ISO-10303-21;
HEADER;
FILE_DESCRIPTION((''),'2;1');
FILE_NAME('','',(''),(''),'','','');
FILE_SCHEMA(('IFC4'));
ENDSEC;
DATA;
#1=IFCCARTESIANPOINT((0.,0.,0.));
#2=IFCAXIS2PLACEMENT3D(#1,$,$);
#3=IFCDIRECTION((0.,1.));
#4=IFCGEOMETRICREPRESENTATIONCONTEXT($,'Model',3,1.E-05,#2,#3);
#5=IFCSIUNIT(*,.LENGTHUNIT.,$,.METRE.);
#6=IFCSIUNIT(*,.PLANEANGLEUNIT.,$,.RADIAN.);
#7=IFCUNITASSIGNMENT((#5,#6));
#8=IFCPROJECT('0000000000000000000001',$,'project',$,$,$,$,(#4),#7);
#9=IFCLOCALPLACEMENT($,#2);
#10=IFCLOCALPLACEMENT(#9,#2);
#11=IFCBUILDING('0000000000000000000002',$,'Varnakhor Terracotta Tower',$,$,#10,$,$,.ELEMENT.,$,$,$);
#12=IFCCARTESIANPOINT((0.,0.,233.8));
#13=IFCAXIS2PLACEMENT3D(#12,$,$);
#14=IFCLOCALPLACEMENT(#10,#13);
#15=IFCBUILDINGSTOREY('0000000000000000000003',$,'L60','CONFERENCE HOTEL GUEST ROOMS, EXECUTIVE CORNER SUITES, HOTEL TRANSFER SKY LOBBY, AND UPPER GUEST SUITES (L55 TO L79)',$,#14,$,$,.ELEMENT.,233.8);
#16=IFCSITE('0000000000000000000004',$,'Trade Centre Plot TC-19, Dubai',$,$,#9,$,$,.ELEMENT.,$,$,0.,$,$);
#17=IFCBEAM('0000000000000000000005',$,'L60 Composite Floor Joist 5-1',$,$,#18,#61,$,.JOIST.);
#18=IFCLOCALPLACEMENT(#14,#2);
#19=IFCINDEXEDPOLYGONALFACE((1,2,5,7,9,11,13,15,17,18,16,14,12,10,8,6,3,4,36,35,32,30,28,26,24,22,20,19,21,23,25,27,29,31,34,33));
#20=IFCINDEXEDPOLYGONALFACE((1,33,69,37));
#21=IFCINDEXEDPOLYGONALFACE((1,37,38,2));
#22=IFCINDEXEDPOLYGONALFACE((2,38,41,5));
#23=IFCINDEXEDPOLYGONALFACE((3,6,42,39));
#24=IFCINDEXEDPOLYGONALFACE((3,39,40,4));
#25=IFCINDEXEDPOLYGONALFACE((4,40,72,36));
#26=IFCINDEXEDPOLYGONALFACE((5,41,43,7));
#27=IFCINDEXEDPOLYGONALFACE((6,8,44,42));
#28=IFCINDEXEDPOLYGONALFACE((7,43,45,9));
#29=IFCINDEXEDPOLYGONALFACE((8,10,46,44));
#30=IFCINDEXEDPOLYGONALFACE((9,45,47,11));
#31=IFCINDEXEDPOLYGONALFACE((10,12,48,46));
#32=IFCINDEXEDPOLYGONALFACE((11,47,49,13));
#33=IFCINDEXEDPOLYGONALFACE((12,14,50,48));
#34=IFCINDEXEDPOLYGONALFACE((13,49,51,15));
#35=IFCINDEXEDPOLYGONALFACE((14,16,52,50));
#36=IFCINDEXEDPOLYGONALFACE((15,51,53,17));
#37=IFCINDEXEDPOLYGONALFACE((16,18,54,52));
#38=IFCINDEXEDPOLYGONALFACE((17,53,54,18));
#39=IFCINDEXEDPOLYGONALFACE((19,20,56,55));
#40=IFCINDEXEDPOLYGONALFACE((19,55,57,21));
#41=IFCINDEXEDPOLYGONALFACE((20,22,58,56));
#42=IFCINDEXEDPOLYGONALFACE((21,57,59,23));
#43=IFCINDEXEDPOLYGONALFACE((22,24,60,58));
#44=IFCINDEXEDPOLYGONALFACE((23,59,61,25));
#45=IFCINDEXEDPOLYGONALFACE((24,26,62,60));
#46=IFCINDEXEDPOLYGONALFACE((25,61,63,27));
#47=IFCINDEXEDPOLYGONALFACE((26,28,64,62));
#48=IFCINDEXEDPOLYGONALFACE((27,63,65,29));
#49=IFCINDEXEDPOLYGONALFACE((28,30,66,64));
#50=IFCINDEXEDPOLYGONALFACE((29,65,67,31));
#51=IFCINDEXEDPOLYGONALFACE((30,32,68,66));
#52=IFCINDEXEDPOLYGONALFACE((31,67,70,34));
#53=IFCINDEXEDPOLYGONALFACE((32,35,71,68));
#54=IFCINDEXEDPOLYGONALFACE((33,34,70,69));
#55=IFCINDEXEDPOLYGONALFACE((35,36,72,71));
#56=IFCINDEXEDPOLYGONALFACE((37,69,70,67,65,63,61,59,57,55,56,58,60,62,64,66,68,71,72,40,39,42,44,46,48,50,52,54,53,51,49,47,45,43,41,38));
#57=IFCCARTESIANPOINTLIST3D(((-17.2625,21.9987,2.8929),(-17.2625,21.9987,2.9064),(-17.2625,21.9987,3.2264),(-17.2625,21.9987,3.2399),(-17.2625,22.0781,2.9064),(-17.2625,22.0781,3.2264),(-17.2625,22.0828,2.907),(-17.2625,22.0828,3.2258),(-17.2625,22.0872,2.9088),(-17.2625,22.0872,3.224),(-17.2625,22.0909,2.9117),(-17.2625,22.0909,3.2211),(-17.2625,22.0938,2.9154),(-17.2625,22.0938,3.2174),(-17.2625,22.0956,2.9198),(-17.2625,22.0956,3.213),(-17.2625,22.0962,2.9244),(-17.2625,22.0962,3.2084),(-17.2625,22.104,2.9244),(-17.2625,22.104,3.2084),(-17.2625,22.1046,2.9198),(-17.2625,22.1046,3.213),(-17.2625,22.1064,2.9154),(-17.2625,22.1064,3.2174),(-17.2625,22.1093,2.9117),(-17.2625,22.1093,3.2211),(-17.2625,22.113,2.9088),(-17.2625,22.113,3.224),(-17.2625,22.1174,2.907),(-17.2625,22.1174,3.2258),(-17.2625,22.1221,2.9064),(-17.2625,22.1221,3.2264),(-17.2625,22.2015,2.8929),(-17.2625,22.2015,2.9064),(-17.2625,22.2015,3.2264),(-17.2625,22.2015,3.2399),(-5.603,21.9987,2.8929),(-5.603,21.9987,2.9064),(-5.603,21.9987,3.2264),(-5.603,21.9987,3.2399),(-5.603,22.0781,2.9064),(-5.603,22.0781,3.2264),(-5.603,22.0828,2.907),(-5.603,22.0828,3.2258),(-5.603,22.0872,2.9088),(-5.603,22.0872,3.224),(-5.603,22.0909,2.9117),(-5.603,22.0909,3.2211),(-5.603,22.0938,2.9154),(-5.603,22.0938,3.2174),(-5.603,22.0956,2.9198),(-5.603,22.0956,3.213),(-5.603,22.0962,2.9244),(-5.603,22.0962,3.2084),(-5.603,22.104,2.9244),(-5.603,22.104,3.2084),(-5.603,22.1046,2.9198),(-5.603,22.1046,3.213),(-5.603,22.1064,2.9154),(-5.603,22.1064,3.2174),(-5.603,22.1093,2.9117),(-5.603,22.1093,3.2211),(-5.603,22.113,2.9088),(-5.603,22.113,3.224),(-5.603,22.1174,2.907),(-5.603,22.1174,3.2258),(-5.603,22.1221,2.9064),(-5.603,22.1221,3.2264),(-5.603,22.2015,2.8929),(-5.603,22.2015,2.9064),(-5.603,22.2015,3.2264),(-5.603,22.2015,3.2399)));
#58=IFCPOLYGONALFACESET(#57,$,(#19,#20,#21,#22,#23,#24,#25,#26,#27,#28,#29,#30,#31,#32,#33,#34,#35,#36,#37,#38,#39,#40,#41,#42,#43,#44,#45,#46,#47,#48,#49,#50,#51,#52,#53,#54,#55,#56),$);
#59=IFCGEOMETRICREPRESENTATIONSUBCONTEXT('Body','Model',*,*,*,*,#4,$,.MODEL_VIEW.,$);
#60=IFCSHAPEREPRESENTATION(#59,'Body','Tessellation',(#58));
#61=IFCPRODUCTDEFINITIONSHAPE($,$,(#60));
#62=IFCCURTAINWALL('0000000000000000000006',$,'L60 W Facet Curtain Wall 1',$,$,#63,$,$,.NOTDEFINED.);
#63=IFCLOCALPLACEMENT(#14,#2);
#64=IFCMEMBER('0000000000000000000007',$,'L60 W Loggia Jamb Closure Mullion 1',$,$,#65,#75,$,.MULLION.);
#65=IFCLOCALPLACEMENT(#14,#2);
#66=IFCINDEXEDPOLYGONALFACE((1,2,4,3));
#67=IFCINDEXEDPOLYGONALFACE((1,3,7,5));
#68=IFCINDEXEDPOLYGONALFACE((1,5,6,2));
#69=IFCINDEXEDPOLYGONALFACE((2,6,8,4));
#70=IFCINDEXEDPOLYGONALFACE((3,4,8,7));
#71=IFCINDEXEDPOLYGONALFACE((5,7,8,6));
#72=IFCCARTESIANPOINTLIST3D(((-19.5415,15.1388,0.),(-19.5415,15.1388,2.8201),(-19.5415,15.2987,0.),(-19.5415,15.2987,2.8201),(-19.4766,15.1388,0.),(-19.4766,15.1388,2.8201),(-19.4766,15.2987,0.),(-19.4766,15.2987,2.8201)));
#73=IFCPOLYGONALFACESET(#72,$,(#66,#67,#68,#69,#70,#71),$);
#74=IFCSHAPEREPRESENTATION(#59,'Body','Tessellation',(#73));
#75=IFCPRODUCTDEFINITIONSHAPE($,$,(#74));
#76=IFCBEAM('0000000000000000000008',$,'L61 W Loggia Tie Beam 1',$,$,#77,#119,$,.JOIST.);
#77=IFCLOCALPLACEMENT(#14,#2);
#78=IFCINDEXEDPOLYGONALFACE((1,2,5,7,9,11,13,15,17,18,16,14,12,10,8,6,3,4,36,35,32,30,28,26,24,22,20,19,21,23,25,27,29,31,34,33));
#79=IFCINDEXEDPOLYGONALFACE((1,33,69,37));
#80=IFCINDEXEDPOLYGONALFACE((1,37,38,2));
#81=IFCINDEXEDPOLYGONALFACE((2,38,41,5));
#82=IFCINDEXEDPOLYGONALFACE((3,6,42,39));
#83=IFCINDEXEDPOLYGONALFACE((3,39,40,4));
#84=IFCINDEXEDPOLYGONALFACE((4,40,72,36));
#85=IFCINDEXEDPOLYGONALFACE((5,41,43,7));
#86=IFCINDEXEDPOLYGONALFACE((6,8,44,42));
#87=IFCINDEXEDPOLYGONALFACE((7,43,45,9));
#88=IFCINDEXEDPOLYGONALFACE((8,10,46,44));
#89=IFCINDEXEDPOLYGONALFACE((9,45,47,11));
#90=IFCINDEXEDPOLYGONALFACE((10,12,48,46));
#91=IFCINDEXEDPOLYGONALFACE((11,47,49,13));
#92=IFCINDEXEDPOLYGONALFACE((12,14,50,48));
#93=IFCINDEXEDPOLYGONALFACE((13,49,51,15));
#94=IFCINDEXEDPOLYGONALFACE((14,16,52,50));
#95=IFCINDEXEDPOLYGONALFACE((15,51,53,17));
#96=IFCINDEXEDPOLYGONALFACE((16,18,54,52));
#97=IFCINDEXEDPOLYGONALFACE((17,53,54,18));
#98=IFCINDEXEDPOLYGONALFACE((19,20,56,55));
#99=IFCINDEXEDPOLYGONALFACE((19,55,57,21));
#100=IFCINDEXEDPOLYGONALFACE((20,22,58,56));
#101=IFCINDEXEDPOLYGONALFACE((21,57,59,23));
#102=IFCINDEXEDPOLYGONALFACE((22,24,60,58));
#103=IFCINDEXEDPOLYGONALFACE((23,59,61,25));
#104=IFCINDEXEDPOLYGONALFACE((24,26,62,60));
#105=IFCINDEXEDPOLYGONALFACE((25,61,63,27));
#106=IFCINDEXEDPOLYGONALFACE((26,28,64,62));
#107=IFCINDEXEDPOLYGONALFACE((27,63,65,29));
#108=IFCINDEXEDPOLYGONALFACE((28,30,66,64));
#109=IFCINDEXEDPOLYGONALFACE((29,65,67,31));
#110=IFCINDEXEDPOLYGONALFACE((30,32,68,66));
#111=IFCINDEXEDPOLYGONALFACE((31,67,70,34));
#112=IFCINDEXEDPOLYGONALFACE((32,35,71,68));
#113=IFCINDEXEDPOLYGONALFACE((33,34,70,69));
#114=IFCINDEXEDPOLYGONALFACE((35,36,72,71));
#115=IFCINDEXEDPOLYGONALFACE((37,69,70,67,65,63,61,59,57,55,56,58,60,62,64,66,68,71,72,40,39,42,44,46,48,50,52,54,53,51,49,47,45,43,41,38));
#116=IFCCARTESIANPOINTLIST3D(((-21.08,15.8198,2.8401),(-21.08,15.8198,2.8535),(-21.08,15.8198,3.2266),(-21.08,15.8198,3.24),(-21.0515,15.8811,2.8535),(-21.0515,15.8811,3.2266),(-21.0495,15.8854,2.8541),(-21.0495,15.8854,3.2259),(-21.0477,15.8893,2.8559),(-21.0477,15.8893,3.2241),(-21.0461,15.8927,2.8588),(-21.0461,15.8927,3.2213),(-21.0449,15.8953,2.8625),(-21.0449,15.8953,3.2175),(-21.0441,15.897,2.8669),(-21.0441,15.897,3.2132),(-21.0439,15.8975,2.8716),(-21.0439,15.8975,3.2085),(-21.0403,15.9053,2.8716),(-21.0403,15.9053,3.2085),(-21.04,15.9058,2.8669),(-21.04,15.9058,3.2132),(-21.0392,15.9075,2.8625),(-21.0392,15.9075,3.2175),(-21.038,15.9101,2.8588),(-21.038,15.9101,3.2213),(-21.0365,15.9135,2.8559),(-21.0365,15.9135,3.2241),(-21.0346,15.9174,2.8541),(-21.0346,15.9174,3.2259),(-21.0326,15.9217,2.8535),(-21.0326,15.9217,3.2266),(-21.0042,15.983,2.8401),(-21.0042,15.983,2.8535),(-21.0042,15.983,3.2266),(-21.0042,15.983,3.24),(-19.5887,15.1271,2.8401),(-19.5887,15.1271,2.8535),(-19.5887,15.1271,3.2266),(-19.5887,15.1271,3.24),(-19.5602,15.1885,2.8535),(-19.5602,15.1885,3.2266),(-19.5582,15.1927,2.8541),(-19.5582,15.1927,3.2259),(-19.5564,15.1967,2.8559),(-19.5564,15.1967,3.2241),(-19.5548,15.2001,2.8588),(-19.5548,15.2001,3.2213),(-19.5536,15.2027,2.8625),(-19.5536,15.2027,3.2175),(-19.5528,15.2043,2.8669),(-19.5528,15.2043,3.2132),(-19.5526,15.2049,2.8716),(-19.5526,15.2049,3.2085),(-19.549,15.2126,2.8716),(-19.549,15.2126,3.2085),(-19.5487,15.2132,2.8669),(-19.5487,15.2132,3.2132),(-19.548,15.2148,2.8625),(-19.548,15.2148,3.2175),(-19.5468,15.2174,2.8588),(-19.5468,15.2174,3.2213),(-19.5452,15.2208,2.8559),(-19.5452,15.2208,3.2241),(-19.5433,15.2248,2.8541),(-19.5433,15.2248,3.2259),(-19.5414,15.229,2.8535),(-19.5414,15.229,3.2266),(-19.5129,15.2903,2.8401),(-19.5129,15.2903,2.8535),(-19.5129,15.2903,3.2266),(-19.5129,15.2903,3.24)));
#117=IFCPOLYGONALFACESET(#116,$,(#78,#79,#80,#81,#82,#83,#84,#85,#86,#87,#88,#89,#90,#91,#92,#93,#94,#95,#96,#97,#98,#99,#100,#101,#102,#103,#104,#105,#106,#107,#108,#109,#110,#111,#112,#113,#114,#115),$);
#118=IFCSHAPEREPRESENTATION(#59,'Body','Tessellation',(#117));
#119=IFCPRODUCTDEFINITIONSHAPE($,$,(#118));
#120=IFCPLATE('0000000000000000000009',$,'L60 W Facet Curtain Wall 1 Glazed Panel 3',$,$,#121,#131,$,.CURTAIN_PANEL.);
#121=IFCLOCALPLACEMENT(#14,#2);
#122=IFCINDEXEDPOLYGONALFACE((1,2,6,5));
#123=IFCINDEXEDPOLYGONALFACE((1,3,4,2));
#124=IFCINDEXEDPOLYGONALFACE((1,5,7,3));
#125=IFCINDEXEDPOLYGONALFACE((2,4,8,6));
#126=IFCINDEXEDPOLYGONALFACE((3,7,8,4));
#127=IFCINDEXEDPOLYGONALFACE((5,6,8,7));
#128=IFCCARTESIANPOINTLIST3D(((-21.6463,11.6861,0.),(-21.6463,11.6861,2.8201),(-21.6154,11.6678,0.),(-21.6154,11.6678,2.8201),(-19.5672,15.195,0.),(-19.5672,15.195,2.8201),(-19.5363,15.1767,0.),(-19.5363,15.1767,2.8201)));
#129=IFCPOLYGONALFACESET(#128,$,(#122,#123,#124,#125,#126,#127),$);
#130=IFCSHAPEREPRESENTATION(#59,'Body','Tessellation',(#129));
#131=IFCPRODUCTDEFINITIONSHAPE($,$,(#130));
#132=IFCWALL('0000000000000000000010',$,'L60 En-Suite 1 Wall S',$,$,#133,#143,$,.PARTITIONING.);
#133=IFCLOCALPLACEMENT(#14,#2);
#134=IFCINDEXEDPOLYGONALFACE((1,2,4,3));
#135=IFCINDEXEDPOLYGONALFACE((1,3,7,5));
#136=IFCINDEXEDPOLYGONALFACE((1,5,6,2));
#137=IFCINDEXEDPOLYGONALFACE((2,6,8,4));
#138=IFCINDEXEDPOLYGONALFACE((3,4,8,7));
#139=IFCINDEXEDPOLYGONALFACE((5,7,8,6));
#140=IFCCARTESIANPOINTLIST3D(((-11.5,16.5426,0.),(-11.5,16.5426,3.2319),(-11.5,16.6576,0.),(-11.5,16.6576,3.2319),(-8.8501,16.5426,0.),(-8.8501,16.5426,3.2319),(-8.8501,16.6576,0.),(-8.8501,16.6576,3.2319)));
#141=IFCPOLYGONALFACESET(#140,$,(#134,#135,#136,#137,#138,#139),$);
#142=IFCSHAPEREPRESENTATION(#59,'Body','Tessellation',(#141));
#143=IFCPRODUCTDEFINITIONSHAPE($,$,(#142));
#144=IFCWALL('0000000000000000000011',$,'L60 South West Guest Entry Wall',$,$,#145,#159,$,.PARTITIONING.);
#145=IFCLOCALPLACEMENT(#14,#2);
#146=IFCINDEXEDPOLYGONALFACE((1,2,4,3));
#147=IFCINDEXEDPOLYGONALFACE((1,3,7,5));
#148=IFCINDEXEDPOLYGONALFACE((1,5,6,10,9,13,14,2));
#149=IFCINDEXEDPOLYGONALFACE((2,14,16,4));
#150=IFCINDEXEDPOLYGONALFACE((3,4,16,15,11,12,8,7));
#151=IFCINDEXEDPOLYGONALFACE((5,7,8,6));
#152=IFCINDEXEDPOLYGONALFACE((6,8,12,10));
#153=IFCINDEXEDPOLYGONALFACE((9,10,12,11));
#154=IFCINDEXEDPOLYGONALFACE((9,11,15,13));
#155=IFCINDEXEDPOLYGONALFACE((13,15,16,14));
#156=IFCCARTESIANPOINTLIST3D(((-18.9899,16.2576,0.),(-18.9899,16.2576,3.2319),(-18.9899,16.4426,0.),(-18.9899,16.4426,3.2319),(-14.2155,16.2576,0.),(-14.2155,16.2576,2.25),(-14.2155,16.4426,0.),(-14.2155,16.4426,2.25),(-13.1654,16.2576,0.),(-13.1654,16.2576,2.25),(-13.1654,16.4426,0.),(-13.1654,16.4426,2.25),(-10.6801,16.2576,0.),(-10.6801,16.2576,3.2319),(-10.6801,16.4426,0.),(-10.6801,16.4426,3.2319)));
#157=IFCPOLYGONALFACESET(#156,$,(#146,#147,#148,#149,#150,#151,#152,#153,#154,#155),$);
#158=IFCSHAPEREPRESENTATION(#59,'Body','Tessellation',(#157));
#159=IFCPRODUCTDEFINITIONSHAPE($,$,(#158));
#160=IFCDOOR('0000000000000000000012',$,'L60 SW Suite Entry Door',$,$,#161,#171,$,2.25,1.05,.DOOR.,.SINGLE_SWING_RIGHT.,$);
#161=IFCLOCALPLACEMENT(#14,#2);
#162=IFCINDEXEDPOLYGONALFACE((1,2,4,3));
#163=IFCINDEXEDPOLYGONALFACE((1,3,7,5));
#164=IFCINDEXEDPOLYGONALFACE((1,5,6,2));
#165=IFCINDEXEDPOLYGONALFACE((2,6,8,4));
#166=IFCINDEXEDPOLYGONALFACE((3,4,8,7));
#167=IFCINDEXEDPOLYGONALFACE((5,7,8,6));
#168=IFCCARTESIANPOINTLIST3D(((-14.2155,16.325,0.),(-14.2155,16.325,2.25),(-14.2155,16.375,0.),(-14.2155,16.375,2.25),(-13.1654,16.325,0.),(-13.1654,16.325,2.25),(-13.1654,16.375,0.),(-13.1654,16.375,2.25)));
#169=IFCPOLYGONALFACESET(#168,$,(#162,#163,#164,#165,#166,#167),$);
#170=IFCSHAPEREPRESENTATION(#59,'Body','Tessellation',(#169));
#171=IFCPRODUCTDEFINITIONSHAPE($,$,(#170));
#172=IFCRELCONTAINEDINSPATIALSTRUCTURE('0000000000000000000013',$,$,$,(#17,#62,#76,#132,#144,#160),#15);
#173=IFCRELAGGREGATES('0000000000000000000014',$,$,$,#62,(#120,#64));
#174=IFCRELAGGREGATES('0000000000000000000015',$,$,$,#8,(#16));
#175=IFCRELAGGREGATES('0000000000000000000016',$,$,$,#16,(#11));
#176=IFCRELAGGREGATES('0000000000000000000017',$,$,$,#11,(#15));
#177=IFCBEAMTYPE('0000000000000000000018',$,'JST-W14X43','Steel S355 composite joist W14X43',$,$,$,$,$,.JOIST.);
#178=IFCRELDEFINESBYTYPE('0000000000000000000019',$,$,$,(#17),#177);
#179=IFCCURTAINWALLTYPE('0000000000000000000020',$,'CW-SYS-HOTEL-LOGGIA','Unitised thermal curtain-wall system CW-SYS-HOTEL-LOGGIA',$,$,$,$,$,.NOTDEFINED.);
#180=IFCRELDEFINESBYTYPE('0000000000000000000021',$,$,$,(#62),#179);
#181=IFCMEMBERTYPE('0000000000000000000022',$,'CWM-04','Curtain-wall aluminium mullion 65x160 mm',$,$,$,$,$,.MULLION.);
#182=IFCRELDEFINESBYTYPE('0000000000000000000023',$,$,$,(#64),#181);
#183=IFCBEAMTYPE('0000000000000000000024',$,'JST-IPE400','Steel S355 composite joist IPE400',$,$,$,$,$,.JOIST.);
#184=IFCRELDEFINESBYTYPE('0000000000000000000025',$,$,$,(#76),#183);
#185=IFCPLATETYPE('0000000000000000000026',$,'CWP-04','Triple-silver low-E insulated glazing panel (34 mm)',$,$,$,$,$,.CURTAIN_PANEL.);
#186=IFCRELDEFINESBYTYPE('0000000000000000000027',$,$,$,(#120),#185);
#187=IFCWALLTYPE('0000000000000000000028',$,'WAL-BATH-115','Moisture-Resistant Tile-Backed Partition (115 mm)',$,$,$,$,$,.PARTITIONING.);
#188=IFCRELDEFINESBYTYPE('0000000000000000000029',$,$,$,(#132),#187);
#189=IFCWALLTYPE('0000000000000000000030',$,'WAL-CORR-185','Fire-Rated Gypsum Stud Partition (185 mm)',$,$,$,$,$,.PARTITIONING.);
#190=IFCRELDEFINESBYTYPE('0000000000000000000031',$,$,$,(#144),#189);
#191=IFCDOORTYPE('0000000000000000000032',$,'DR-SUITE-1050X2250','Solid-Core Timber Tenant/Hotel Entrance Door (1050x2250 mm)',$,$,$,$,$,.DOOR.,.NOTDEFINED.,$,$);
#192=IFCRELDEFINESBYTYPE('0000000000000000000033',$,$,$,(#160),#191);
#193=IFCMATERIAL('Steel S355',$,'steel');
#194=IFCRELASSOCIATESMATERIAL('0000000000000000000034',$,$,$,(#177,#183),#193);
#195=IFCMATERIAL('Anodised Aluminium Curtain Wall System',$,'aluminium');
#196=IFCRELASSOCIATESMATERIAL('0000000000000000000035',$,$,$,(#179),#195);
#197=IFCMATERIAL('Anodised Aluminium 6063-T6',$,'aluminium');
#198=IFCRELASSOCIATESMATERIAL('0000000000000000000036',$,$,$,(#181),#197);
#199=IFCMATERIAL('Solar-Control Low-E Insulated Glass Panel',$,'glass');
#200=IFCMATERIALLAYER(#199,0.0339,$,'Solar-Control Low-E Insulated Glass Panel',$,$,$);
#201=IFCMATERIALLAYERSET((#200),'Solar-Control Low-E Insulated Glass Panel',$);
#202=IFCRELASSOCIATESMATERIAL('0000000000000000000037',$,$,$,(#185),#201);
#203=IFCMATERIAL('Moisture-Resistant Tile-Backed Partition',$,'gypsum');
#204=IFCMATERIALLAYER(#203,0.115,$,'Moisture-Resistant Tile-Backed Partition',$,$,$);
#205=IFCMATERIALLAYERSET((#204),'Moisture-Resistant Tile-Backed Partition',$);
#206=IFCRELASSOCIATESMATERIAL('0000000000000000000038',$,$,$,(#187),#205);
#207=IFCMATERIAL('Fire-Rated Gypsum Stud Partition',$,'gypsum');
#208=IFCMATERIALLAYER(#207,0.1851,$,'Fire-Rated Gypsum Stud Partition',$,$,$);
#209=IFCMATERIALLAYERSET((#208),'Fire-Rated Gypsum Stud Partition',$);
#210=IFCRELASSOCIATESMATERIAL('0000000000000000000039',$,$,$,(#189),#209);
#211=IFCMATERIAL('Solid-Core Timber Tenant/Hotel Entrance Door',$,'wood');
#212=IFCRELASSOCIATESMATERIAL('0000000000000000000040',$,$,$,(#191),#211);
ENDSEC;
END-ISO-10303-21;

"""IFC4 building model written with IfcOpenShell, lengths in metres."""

from ifc_helpers import new_model, si_unit, direction, frame, frame_2d, origin, origin_2d, place, context, subcontext, project, spatial, rectangle, i_section, extrude, source, transform, mapped, material, layer, layer_set, material_profile, profile_set, type_object, type_shapes, element, fill, aggregate, save


model = new_model("IFC4")

# Units and contexts
model_context = context("Model", 3, precision=1e-05, world=origin(), true_north=direction((0.0, 1.0)))
body_context = subcontext(model_context, "Body", "Model", "MODEL_VIEW")
ifc_project = project(units=[si_unit("LENGTHUNIT", "METRE"), si_unit("PLANEANGLEUNIT", "RADIAN")], contexts=[model_context])

# Site, building, storey
site_placement = place(None, origin())
site = spatial("IfcSite", under=ifc_project, at=site_placement, Name="Trade Centre Plot TC-19, Dubai", CompositionType="ELEMENT", RefElevation=0.0)
building_placement = place(site_placement, origin())
building = spatial("IfcBuilding", under=site, at=building_placement, Name="Varnakhor Terracotta Tower", CompositionType="ELEMENT")
storey_placement = place(building_placement, frame((0.0, 0.0, 233.8)))
storey = spatial("IfcBuildingStorey", under=building, at=storey_placement, Name="L60", Description="CONFERENCE HOTEL GUEST ROOMS, EXECUTIVE CORNER SUITES, HOTEL TRANSFER SKY LOBBY, AND UPPER GUEST SUITES (L55 TO L79)", CompositionType="ELEMENT", Elevation=233.8)

# Beam
ifc_material_1 = material(Name="Steel S355", Category="steel")
ifc_material_profile_1 = material_profile(ifc_material_1, i_section(OverallWidth=0.2029, OverallDepth=0.3469, WebThickness=0.0078, FlangeThickness=0.0134, FilletRadius=0.0181, at=origin_2d()), Name="W14X43")
ifc_profile_set_1 = profile_set([ifc_material_profile_1], Name="Steel S355")
beam_type_1 = type_object("IfcBeamType", Name="JST-W14X43", Description="Steel S355 composite joist W14X43", PredefinedType="JOIST", material=ifc_profile_set_1)
shared_shape_1 = source(origin(), body_context, "Body", "SweptSolid", [
    extrude(i_section(OverallWidth=0.2029, OverallDepth=0.3469, WebThickness=0.0078, FlangeThickness=0.0134, FilletRadius=0.0181, at=origin_2d()), origin(), (0.0, 0.0, 1.0), 11.6594),
])
beam_1_placement = place(storey_placement, frame((-17.2625, 22.1001, 3.0664), z_axis=(1.0, 0.0, 0.0), x_axis=(0.0, 1.0, 0.0)))
element("IfcBeam", 1, at=beam_1_placement, inside=storey, type_object=beam_type_1, Name="L60 Composite Floor Joist 5-1", PredefinedType="JOIST", context=body_context, shape_type="MappedRepresentation", body=[
    mapped(shared_shape_1, transform((0.0, 0.0, 0.0), scale=1.0)),
])

# Curtain wall, member
ifc_material_2 = material(Name="Anodised Aluminium Curtain Wall System", Category="aluminium")
curtain_wall_type = type_object("IfcCurtainWallType", Name="CW-SYS-HOTEL-LOGGIA", Description="Unitised thermal curtain-wall system CW-SYS-HOTEL-LOGGIA", PredefinedType="NOTDEFINED", material=ifc_material_2)
curtain_wall_placement = place(storey_placement, origin())
curtain_wall = element("IfcCurtainWall", 2, at=curtain_wall_placement, inside=storey, type_object=curtain_wall_type, Name="L60 W Facet Curtain Wall 1", PredefinedType="NOTDEFINED")
ifc_material_3 = material(Name="Anodised Aluminium 6063-T6", Category="aluminium")
ifc_material_profile_2 = material_profile(ifc_material_3, rectangle(XDim=0.0649, YDim=0.1599, at=origin_2d()), Name="ALU MULLION 65x160")
ifc_profile_set_2 = profile_set([ifc_material_profile_2], Name="Anodised Aluminium 6063-T6")
member_type = type_object("IfcMemberType", Name="CWM-04", Description="Curtain-wall aluminium mullion 65x160 mm", PredefinedType="MULLION", material=ifc_profile_set_2)
shared_shape_2 = source(origin(), body_context, "Body", "SweptSolid", [
    extrude(rectangle(XDim=0.0649, YDim=0.1599, at=origin_2d()), origin(), (0.0, 0.0, 1.0), 2.8201),
])
type_shapes(member_type, [shared_shape_2])
member_placement = place(storey_placement, frame((-19.509, 15.2188, 0.0), z_axis=(0.0, 0.0, 1.0), x_axis=(1.0, 0.0, 0.0)))
member = element("IfcMember", 3, at=member_placement, type_object=member_type, Name="L60 W Loggia Jamb Closure Mullion 1", PredefinedType="MULLION", context=body_context, shape_type="MappedRepresentation", body=[
    mapped(shared_shape_2, transform((0.0, 0.0, 0.0), scale=1.0)),
])

# Beam
ifc_material_profile_3 = material_profile(ifc_material_1, i_section(OverallWidth=0.1799, OverallDepth=0.3999, WebThickness=0.0085, FlangeThickness=0.0134, FilletRadius=0.0181, at=origin_2d()), Name="IPE400")
ifc_profile_set_3 = profile_set([ifc_material_profile_3], Name="Steel S355")
beam_type_2 = type_object("IfcBeamType", Name="JST-IPE400", Description="Steel S355 composite joist IPE400", PredefinedType="JOIST", material=ifc_profile_set_3)
shared_shape_3 = source(origin(), body_context, "Body", "SweptSolid", [
    extrude(i_section(OverallWidth=0.1799, OverallDepth=0.3999, WebThickness=0.0085, FlangeThickness=0.0134, FilletRadius=0.0181, at=origin_2d()), origin(), (0.0, 0.0, 1.0), 1.6443),
])
beam_2_placement = place(storey_placement, frame((-19.5508, 15.2087, 3.04), z_axis=(-0.906944, 0.421251, 0.0), x_axis=(-0.421251, -0.906944, 0.0)))
element("IfcBeam", 4, at=beam_2_placement, inside=storey, type_object=beam_type_2, Name="L61 W Loggia Tie Beam 1", PredefinedType="JOIST", context=body_context, shape_type="MappedRepresentation", body=[
    mapped(shared_shape_3, transform((0.0, 0.0, 0.0), scale=1.0)),
])

# Plate
ifc_material_4 = material(Name="Solar-Control Low-E Insulated Glass Panel", Category="glass")
ifc_layer_1 = layer(ifc_material_4, 0.0339, Name="Solar-Control Low-E Insulated Glass Panel")
ifc_layer_set_1 = layer_set([ifc_layer_1], Name="Solar-Control Low-E Insulated Glass Panel")
plate_type = type_object("IfcPlateType", Name="CWP-04", Description="Triple-silver low-E insulated glazing panel (34 mm)", PredefinedType="CURTAIN_PANEL", material=ifc_layer_set_1)
shared_shape_4 = source(origin(), body_context, "Body", "SweptSolid", [
    extrude(rectangle(XDim=4.0786, YDim=0.0359, at=origin_2d()), origin(), (0.0, 0.0, 1.0), 2.8201),
])
plate_placement = place(storey_placement, frame((-20.5913, 13.4314, 0.0), z_axis=(0.0, 0.0, 1.0), x_axis=(0.509747, 0.860324, 0.0)))
plate = element("IfcPlate", 5, at=plate_placement, type_object=plate_type, Name="L60 W Facet Curtain Wall 1 Glazed Panel 3", PredefinedType="CURTAIN_PANEL", context=body_context, shape_type="MappedRepresentation", body=[
    mapped(shared_shape_4, transform((0.0, 0.0, 0.0), scale=1.0)),
])
aggregate(curtain_wall, [plate, member])

# Wall
ifc_material_5 = material(Name="Moisture-Resistant Tile-Backed Partition", Category="gypsum")
ifc_layer_2 = layer(ifc_material_5, 0.115, Name="Moisture-Resistant Tile-Backed Partition")
ifc_layer_set_2 = layer_set([ifc_layer_2], Name="Moisture-Resistant Tile-Backed Partition")
wall_type_1 = type_object("IfcWallType", Name="WAL-BATH-115", Description="Moisture-Resistant Tile-Backed Partition (115 mm)", PredefinedType="PARTITIONING", material=ifc_layer_set_2)
wall_1_placement = place(storey_placement, frame((-11.5, 16.6001, 0.0), z_axis=(0.0, 0.0, 1.0), x_axis=(1.0, 0.0, 0.0)))
element("IfcWall", 6, at=wall_1_placement, inside=storey, type_object=wall_type_1, Name="L60 En-Suite 1 Wall S", PredefinedType="PARTITIONING", context=body_context, shape_type="SweptSolid", body=[
    extrude(rectangle(XDim=2.6499, YDim=0.115, at=frame_2d((1.325, 0.0))), origin(), (0.0, 0.0, 1.0), 3.2319),
])

# Wall, opening, door
ifc_material_6 = material(Name="Fire-Rated Gypsum Stud Partition", Category="gypsum")
ifc_layer_3 = layer(ifc_material_6, 0.1851, Name="Fire-Rated Gypsum Stud Partition")
ifc_layer_set_3 = layer_set([ifc_layer_3], Name="Fire-Rated Gypsum Stud Partition")
wall_type_2 = type_object("IfcWallType", Name="WAL-CORR-185", Description="Fire-Rated Gypsum Stud Partition (185 mm)", PredefinedType="PARTITIONING", material=ifc_layer_set_3)
wall_2_placement = place(storey_placement, frame((-18.9897, 16.3501, 0.0), z_axis=(0.0, 0.0, 1.0), x_axis=(1.0, 0.0, 0.0)))
wall_2 = element("IfcWall", 7, at=wall_2_placement, inside=storey, type_object=wall_type_2, Name="L60 South West Guest Entry Wall", PredefinedType="PARTITIONING", context=body_context, shape_type="SweptSolid", body=[
    extrude(rectangle(XDim=8.3098, YDim=0.1851, at=frame_2d((4.1548, 0.0))), origin(), (0.0, 0.0, 1.0), 3.2319),
])
opening_1_placement = place(wall_2_placement, frame((4.7744, 0.0, 0.0)))
opening_1 = element("IfcOpeningElement", 8, at=opening_1_placement, cuts=wall_2, PredefinedType="OPENING", context=body_context, shape_type="SweptSolid", body=[
    extrude(rectangle(XDim=1.05, YDim=2.25, at=frame_2d((0.5249, 1.125))), frame((0.0, 0.1025, 0.0), z_axis=(0.0, -1.0, 0.0), x_axis=(1.0, 0.0, 0.0)), (0.0, 0.0, 1.0), 0.2051),
])
ifc_material_7 = material(Name="Solid-Core Timber Tenant/Hotel Entrance Door", Category="wood")
door_type_1 = type_object("IfcDoorType", Name="DR-SUITE-1050X2250", Description="Solid-Core Timber Tenant/Hotel Entrance Door (1050x2250 mm)", OperationType="NOTDEFINED", PredefinedType="DOOR", material=ifc_material_7)
shared_shape_5 = source(origin(), body_context, "Body", "SweptSolid", [
    extrude(rectangle(XDim=1.05, YDim=2.25, at=frame_2d((0.5249, 1.125))), frame((0.0, 0.0249, 0.0), z_axis=(0.0, -1.0, 0.0), x_axis=(1.0, 0.0, 0.0)), (0.0, 0.0, 1.0), 0.05),
])
type_shapes(door_type_1, [shared_shape_5])
door_1_placement = place(opening_1_placement, origin())
door_1 = element("IfcDoor", 9, at=door_1_placement, inside=storey, type_object=door_type_1, Name="L60 SW Suite Entry Door", OperationType="SINGLE_SWING_RIGHT", OverallHeight=2.25, OverallWidth=1.05, PredefinedType="DOOR", context=body_context, shape_type="MappedRepresentation", body=[
    mapped(shared_shape_5, transform((0.0, 0.0, 0.0), scale=1.0)),
])
fill(opening_1, door_1)

save(model, "model.ifc")
